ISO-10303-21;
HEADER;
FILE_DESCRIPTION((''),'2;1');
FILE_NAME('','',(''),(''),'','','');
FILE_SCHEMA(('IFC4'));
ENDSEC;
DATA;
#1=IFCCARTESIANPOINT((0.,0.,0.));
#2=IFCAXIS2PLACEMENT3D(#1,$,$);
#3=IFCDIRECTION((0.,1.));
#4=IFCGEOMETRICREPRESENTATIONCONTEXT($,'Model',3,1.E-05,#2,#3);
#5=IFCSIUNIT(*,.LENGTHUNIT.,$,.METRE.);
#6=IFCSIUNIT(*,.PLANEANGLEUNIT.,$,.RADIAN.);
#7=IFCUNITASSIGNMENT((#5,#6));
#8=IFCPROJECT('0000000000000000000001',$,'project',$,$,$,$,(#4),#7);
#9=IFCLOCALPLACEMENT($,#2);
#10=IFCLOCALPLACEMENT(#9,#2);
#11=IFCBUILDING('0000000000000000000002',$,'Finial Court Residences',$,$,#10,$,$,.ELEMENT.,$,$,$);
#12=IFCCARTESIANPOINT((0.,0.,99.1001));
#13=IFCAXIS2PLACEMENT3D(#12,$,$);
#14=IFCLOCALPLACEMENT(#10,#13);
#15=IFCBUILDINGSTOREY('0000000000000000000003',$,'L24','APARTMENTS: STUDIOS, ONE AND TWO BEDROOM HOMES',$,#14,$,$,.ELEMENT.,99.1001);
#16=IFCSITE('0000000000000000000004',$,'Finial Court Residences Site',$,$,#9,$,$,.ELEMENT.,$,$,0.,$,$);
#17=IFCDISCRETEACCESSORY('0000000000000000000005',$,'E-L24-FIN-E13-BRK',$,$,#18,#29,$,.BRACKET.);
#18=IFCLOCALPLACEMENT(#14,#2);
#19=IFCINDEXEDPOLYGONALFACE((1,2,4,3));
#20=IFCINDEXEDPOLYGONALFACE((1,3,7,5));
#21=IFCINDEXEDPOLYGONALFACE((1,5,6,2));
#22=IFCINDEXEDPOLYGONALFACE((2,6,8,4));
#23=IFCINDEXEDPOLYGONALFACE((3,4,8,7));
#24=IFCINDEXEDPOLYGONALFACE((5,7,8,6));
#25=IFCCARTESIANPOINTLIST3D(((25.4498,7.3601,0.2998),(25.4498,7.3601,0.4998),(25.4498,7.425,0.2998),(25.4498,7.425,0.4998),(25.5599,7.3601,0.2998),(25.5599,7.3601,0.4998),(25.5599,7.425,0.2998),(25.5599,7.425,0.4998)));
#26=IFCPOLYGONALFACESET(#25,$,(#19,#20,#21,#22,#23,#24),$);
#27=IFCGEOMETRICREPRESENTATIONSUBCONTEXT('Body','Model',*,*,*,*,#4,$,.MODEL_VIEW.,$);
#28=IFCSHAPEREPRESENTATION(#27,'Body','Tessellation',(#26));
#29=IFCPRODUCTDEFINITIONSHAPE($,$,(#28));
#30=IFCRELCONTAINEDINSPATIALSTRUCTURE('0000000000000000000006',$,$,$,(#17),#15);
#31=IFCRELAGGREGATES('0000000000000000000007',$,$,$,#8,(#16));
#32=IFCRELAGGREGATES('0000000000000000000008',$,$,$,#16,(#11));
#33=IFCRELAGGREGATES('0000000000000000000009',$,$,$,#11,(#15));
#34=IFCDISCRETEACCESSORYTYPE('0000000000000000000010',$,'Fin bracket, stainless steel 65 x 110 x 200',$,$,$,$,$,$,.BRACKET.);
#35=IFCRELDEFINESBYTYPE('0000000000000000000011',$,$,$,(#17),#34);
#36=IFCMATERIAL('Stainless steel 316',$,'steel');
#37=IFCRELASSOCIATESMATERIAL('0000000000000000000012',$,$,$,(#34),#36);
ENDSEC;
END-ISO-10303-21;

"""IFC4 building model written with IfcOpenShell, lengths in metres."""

from ifc_helpers import new_model, si_unit, direction, frame, origin, origin_2d, place, context, subcontext, project, spatial, rectangle, extrude, material, type_object, element, save


model = new_model("IFC4")

# Units and contexts
model_context = context("Model", 3, precision=1e-05, world=origin(), true_north=direction((0.0, 1.0)))
body_context = subcontext(model_context, "Body", "Model", "MODEL_VIEW")
ifc_project = project(units=[si_unit("LENGTHUNIT", "METRE"), si_unit("PLANEANGLEUNIT", "RADIAN")], contexts=[model_context])

# Site, building, storey
site_placement = place(None, origin())
site = spatial("IfcSite", under=ifc_project, at=site_placement, Name="Finial Court Residences Site", CompositionType="ELEMENT", RefElevation=0.0)
building_placement = place(site_placement, origin())
building = spatial("IfcBuilding", under=site, at=building_placement, Name="Finial Court Residences", CompositionType="ELEMENT")
storey_placement = place(building_placement, frame((0.0, 0.0, 99.1001)))
storey = spatial("IfcBuildingStorey", under=building, at=storey_placement, Name="L24", Description="APARTMENTS: STUDIOS, ONE AND TWO BEDROOM HOMES", CompositionType="ELEMENT", Elevation=99.1001)

# Discrete accessory
ifc_material_1 = material(Name="Stainless steel 316", Category="steel")
discrete_accessory_type = type_object("IfcDiscreteAccessoryType", Name="Fin bracket, stainless steel 65 x 110 x 200", PredefinedType="BRACKET", material=ifc_material_1)
discrete_accessory_placement = place(storey_placement, frame((25.5049, 7.3926, 0.2998), z_axis=(0.0, 0.0, 1.0), x_axis=(1.0, 0.0, 0.0)))
element("IfcDiscreteAccessory", 1, at=discrete_accessory_placement, inside=storey, type_object=discrete_accessory_type, Name="E-L24-FIN-E13-BRK", PredefinedType="BRACKET", context=body_context, shape_type="SweptSolid", body=[
    extrude(rectangle(XDim=0.1101, YDim=0.0649, at=origin_2d()), origin(), (0.0, 0.0, 1.0), 0.2),
])

save(model, "model.ifc")
